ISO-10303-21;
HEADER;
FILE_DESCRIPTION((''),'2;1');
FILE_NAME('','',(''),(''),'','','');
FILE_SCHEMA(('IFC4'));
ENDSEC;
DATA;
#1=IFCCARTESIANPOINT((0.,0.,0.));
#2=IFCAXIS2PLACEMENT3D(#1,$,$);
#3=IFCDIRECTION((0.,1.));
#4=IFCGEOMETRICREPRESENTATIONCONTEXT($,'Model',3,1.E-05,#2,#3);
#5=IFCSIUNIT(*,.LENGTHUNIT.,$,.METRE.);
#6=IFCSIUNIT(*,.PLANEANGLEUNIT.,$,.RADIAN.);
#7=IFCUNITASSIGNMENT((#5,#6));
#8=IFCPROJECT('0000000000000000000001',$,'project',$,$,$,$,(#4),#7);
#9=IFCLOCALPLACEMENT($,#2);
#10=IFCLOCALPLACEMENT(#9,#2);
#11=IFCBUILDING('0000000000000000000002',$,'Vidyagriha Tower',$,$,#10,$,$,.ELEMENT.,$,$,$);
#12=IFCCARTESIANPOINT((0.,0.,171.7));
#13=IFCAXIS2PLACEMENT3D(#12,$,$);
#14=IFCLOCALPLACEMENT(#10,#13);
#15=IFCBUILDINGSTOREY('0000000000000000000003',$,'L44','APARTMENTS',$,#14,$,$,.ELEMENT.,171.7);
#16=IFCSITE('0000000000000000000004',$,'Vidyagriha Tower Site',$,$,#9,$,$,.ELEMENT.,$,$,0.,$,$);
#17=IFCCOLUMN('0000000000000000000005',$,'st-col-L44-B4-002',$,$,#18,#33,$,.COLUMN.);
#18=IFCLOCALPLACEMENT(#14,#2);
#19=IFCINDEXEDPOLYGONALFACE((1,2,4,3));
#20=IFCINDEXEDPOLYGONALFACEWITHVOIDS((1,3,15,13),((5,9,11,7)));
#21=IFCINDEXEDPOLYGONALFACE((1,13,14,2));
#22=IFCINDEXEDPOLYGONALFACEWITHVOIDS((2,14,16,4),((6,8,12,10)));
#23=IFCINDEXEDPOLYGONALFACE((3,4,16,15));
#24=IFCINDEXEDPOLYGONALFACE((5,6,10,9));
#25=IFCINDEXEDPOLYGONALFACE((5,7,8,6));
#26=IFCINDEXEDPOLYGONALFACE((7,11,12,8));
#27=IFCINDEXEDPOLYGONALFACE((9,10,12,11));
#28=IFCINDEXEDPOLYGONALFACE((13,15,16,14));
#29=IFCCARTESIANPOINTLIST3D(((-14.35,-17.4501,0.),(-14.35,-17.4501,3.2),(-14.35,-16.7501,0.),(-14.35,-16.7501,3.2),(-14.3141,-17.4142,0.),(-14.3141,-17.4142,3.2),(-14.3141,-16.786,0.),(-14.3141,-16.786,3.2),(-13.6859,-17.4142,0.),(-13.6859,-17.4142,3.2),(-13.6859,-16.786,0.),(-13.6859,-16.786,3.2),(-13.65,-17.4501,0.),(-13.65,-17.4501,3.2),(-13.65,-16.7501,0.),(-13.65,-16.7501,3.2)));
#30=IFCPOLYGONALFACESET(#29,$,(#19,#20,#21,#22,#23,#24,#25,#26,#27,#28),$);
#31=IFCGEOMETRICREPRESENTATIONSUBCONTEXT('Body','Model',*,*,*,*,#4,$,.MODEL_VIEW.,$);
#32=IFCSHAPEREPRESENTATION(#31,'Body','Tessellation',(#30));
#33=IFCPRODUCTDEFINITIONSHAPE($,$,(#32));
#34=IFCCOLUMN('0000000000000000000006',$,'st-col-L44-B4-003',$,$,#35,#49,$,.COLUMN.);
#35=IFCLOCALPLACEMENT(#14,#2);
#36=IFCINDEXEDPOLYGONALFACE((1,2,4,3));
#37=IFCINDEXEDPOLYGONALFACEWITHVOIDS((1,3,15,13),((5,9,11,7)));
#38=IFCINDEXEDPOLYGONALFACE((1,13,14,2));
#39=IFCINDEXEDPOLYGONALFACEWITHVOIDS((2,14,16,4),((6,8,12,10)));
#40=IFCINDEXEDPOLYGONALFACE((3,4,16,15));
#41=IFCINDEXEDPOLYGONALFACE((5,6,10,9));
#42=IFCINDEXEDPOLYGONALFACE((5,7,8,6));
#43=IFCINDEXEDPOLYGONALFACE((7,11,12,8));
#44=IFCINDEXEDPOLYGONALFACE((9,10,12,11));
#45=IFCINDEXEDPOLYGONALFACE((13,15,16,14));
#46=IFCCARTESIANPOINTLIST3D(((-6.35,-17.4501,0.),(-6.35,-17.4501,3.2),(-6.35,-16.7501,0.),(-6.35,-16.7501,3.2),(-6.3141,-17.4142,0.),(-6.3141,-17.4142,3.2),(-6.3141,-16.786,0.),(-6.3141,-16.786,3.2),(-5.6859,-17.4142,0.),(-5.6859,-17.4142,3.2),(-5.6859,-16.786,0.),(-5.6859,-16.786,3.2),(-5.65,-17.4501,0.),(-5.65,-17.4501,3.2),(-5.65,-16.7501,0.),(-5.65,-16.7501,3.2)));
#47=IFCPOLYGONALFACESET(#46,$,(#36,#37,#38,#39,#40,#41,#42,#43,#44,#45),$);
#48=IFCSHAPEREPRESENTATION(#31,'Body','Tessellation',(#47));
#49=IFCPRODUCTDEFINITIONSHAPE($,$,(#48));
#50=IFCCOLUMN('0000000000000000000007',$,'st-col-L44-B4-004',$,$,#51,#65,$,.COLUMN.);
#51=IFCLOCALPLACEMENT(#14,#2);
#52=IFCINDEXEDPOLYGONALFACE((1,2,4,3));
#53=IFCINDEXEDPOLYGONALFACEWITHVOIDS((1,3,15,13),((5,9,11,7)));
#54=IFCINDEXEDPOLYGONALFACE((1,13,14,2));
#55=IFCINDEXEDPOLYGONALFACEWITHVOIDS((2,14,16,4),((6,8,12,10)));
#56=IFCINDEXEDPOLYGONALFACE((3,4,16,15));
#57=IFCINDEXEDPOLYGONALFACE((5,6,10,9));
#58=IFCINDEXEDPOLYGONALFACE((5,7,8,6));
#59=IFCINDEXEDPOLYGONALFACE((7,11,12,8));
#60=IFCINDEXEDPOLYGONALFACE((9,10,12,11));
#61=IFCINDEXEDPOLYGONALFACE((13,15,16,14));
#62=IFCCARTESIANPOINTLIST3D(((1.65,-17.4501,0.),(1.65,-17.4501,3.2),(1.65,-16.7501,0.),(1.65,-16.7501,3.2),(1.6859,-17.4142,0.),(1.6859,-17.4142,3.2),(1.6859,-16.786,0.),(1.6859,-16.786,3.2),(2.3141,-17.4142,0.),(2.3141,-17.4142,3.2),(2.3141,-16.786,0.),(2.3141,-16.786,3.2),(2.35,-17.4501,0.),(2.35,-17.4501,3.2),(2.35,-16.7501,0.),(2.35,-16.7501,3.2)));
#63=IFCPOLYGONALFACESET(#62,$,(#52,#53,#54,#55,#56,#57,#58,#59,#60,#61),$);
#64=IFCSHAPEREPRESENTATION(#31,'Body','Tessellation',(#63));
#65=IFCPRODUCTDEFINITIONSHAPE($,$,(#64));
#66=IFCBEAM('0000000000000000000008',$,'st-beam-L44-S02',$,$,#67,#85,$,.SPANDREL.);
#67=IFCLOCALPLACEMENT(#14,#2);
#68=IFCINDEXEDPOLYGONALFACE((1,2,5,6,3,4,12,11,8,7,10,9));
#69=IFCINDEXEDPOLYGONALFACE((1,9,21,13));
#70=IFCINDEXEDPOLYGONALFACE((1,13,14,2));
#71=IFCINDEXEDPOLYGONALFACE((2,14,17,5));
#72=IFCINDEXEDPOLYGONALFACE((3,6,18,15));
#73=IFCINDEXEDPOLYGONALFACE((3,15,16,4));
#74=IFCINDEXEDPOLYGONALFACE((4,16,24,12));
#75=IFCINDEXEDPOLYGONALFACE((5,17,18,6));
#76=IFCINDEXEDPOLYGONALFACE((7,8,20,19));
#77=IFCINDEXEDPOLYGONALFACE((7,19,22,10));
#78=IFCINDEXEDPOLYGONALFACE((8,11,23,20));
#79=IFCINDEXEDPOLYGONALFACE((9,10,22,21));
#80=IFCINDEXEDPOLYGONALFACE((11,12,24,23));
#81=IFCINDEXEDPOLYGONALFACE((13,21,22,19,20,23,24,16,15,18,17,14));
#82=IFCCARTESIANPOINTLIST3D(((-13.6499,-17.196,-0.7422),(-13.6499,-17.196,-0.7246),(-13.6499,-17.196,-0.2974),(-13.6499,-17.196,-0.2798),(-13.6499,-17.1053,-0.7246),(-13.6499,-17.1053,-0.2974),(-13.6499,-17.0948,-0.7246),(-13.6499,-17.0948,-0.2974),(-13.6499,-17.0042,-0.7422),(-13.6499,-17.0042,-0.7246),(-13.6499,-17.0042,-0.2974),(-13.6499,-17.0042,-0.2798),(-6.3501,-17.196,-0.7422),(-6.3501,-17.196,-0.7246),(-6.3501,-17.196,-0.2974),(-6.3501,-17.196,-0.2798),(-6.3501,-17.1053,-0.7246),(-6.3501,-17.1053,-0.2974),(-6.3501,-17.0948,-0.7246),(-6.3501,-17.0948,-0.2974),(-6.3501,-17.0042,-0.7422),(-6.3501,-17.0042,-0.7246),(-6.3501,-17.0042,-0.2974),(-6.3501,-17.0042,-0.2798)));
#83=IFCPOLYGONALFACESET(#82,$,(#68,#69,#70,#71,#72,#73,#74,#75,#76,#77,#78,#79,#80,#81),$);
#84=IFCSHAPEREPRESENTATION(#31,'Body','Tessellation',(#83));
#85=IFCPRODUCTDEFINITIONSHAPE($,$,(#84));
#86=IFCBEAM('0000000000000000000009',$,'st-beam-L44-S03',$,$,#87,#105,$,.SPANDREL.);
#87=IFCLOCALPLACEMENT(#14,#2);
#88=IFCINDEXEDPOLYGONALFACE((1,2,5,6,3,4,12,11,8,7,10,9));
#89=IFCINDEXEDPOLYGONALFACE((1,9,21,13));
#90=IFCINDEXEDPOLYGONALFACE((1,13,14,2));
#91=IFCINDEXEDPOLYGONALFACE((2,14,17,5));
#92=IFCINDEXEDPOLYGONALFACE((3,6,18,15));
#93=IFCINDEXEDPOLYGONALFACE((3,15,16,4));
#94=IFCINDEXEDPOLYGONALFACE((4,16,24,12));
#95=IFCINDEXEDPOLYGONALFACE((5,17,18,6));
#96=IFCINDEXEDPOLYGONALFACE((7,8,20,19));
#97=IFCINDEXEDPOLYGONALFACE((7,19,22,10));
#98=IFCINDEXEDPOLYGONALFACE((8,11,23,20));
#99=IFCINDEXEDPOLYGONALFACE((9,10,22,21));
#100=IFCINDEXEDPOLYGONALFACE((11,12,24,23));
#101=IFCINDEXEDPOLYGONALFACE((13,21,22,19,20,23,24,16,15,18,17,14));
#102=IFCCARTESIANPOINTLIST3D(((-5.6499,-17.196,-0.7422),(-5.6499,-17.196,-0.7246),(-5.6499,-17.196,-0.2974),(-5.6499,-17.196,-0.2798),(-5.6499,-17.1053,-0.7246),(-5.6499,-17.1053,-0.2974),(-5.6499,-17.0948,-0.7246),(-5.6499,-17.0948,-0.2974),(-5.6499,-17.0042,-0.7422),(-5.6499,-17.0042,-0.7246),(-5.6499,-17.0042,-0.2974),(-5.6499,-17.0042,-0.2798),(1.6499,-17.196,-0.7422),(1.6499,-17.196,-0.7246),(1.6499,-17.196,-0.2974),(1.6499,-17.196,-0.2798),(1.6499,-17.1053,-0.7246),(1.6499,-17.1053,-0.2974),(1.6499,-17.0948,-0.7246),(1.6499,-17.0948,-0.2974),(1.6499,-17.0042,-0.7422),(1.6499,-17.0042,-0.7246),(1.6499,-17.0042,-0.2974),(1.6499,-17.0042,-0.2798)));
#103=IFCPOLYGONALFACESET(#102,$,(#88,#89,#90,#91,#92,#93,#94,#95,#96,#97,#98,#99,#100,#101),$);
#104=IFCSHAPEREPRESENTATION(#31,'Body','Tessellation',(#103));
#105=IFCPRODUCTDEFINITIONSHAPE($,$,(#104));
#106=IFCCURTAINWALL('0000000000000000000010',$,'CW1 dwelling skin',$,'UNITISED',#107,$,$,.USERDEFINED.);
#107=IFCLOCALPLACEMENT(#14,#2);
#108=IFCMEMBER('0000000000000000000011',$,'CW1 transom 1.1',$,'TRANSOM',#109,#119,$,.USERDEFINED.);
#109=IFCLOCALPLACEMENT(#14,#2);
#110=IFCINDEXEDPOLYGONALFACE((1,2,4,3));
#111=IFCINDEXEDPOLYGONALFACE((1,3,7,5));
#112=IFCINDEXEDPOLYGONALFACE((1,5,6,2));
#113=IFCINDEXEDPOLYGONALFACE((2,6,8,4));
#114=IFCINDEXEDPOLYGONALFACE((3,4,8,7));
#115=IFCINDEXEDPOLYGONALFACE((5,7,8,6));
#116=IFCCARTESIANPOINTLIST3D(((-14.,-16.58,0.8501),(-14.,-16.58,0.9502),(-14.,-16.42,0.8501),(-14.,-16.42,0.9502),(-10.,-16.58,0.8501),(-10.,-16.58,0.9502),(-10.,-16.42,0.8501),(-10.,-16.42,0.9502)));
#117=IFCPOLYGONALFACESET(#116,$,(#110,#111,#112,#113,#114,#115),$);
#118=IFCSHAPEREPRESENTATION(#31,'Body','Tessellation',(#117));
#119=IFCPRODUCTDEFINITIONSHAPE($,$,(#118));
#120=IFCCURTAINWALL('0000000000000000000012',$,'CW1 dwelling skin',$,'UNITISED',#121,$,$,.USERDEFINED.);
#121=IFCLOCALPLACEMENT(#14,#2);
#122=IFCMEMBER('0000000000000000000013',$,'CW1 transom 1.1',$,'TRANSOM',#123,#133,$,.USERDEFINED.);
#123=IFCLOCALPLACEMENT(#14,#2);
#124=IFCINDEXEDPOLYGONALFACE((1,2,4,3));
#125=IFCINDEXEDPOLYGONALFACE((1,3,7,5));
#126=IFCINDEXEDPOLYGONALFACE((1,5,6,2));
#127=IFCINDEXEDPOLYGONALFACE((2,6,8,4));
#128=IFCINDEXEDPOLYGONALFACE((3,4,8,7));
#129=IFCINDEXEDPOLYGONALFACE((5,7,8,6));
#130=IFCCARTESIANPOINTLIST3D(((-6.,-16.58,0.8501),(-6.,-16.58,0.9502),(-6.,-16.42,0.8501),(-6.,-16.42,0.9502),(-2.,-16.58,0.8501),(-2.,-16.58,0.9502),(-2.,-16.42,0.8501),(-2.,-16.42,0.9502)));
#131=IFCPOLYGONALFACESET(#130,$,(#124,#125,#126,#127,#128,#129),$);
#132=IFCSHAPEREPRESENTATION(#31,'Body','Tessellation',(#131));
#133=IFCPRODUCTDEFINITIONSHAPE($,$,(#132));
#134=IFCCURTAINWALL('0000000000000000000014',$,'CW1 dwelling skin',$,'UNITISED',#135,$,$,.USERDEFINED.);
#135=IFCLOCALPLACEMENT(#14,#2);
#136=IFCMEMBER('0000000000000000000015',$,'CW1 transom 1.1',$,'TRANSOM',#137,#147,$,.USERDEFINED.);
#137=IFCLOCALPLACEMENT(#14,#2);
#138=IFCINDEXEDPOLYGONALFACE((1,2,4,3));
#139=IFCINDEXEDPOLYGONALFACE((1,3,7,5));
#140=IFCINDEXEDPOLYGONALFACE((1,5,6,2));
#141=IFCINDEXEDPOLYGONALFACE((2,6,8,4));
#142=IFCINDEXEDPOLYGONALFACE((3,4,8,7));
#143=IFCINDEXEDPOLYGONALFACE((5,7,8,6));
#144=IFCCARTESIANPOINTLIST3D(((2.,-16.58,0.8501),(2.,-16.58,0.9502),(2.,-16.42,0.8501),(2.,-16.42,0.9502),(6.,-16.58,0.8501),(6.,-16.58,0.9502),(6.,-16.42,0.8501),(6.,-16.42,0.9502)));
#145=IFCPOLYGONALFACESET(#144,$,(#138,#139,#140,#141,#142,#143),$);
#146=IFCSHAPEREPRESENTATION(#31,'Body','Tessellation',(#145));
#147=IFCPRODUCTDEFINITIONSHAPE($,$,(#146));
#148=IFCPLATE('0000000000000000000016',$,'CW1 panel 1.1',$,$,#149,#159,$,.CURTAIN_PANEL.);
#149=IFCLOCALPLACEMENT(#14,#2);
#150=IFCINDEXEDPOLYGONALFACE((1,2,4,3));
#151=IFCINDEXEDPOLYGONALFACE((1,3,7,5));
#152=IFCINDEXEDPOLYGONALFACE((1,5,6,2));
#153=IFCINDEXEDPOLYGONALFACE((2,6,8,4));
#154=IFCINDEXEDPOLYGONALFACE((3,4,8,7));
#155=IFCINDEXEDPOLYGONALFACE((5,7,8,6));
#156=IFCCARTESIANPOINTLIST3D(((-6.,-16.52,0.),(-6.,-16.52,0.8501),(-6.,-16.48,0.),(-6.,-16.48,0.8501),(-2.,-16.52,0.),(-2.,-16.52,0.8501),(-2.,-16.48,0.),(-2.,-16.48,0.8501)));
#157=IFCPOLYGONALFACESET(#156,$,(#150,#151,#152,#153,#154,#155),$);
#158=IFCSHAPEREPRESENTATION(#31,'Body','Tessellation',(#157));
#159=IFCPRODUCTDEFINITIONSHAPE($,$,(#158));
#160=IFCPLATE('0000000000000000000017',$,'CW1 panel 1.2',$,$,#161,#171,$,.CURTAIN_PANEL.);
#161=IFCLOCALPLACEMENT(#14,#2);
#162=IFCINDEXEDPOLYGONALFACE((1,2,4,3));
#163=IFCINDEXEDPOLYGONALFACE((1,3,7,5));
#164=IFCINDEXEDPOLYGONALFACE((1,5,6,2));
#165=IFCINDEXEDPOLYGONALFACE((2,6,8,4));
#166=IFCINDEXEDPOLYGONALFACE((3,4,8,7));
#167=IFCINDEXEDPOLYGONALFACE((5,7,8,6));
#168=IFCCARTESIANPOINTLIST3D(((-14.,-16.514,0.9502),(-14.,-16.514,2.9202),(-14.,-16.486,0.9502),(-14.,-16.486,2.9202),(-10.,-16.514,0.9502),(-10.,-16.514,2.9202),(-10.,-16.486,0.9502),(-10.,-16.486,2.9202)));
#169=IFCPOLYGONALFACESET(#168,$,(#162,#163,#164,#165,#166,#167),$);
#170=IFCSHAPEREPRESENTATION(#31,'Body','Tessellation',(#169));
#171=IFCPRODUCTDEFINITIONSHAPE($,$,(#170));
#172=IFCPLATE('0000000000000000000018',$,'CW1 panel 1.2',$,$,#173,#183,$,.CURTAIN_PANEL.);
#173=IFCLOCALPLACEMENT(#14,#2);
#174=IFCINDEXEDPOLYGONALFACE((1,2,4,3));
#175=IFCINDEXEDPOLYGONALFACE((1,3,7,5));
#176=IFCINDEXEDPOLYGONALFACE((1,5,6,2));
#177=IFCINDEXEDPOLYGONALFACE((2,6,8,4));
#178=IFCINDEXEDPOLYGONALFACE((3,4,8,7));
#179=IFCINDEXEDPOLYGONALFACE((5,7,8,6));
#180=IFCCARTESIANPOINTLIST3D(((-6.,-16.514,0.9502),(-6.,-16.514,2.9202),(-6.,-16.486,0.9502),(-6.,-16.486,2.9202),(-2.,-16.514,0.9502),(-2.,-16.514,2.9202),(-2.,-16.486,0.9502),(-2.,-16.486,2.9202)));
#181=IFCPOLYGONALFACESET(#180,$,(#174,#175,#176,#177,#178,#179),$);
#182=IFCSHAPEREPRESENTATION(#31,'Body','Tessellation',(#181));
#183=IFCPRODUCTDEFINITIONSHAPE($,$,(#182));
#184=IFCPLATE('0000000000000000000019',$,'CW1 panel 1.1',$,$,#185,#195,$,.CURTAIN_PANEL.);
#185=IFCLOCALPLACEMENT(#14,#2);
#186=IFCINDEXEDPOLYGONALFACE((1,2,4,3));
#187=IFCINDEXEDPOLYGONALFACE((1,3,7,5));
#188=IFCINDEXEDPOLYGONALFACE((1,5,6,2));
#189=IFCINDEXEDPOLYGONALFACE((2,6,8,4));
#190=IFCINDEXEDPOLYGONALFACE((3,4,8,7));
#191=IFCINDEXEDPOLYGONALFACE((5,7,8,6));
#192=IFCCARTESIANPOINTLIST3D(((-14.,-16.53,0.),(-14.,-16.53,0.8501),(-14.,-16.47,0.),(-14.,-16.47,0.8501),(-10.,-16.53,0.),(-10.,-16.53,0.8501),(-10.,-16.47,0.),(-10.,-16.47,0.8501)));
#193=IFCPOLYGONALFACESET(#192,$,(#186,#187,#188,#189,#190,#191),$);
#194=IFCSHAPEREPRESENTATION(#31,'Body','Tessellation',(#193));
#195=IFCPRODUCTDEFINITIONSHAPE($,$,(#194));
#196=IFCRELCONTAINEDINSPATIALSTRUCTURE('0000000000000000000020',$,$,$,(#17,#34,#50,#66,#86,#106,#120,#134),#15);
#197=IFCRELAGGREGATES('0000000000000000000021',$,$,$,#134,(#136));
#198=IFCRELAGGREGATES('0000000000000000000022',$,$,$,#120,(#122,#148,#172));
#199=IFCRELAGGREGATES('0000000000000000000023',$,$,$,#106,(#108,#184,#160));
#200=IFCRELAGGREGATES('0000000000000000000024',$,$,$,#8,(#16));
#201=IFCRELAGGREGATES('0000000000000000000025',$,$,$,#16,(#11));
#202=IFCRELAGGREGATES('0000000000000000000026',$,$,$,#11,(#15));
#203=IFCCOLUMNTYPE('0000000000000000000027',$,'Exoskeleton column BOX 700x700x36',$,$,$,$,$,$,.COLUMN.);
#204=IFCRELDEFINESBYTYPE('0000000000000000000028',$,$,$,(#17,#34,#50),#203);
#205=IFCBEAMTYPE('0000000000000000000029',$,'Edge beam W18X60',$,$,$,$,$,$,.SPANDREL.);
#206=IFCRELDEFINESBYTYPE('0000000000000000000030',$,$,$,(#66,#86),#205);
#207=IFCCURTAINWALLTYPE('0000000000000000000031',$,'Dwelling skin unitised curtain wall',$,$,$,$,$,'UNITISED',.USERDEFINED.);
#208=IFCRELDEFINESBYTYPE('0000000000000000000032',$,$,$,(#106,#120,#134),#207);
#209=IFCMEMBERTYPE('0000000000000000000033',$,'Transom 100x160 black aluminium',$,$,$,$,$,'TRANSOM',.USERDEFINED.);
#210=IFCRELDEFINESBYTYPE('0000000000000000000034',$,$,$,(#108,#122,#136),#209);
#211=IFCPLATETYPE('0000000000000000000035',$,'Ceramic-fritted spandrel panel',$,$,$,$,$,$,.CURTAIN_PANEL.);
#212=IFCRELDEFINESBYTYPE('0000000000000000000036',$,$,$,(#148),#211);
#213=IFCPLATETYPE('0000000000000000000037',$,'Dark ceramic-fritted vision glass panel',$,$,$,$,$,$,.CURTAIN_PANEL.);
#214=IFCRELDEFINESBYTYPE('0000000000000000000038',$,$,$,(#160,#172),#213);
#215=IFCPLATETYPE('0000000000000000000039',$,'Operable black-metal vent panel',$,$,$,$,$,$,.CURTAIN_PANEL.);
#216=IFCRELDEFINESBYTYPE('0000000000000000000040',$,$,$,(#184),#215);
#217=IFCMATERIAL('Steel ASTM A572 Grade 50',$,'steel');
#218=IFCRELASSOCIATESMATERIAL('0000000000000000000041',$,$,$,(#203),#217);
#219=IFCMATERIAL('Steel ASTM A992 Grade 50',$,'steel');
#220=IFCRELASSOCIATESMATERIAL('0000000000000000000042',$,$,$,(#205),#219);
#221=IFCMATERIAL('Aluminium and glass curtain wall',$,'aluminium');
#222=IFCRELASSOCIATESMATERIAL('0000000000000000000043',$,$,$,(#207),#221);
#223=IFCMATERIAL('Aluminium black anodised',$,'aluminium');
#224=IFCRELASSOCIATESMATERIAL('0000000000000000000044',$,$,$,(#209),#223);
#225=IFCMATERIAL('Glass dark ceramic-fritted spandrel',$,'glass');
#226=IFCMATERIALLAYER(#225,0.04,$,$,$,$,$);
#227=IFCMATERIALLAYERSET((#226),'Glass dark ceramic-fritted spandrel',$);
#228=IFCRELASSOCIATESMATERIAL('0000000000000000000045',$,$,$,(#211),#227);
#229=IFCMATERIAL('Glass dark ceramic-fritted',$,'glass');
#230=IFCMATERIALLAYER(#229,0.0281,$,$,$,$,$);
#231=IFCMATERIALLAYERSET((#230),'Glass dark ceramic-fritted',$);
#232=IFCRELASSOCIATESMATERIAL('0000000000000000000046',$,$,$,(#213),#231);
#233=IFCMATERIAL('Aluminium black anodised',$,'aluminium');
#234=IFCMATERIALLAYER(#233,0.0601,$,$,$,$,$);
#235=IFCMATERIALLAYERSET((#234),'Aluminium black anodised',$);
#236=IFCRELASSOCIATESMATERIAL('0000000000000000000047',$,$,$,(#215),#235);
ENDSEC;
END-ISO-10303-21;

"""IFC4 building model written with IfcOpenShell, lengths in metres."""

from ifc_helpers import new_model, si_unit, direction, frame, origin, origin_2d, place, context, subcontext, project, spatial, rectangle, hollow_rectangle, i_section, extrude, material, layer, layer_set, material_profile, profile_set, type_object, element, aggregate, save


model = new_model("IFC4")

# Units and contexts
model_context = context("Model", 3, precision=1e-05, world=origin(), true_north=direction((0.0, 1.0)))
body_context = subcontext(model_context, "Body", "Model", "MODEL_VIEW")
ifc_project = project(units=[si_unit("LENGTHUNIT", "METRE"), si_unit("PLANEANGLEUNIT", "RADIAN")], contexts=[model_context])

# Site, building, storey
site_placement = place(None, origin())
site = spatial("IfcSite", under=ifc_project, at=site_placement, Name="Vidyagriha Tower Site", CompositionType="ELEMENT", RefElevation=0.0)
building_placement = place(site_placement, origin())
building = spatial("IfcBuilding", under=site, at=building_placement, Name="Vidyagriha Tower", CompositionType="ELEMENT")
storey_placement = place(building_placement, frame((0.0, 0.0, 171.7)))
storey = spatial("IfcBuildingStorey", under=building, at=storey_placement, Name="L44", Description="APARTMENTS", CompositionType="ELEMENT", Elevation=171.7)

# Columns
ifc_material_1 = material(Name="Steel ASTM A572 Grade 50", Category="steel")
ifc_material_profile_1 = material_profile(ifc_material_1, hollow_rectangle(XDim=0.7, YDim=0.7, WallThickness=0.0359, at=origin_2d()), Name="BOX 700x700x36")
ifc_profile_set_1 = profile_set([ifc_material_profile_1], Name="Steel ASTM A572 Grade 50")
column_type = type_object("IfcColumnType", Name="Exoskeleton column BOX 700x700x36", PredefinedType="COLUMN", material=ifc_profile_set_1)
for number, where, name in (
    (1, (-14.0, -17.1001, 0.0), "st-col-L44-B4-002"),
    (2, (-6.0, -17.1001, 0.0), "st-col-L44-B4-003"),
    (3, (2.0, -17.1001, 0.0), "st-col-L44-B4-004"),
):
    element("IfcColumn", number, at=place(storey_placement, frame(where)), inside=storey, type_object=column_type, Name=name, PredefinedType="COLUMN", context=body_context, shape_type="SweptSolid", body=[
        extrude(hollow_rectangle(XDim=0.7, YDim=0.7, WallThickness=0.0359, at=origin_2d()), origin(), (0.0, 0.0, 1.0), 3.2),
    ])

# Beams
ifc_material_2 = material(Name="Steel ASTM A992 Grade 50", Category="steel")
ifc_material_profile_2 = material_profile(ifc_material_2, i_section(OverallWidth=0.1919, OverallDepth=0.4624, WebThickness=0.0105, FlangeThickness=0.0176, at=origin_2d()), Name="W18X60")
ifc_profile_set_2 = profile_set([ifc_material_profile_2], Name="Steel ASTM A992 Grade 50")
beam_type = type_object("IfcBeamType", Name="Edge beam W18X60", PredefinedType="SPANDREL", material=ifc_profile_set_2)
for number, where, z_axis, x_axis, name in (
    (4, (-13.6499, -17.1001, -0.511), (1.0, 0.0, 0.0), (0.0, 1.0, 0.0), "st-beam-L44-S02"),
    (5, (-5.6499, -17.1001, -0.511), (1.0, 0.0, 0.0), (0.0, 1.0, 0.0), "st-beam-L44-S03"),
):
    element("IfcBeam", number, at=place(storey_placement, frame(where, z_axis=z_axis, x_axis=x_axis)), inside=storey, type_object=beam_type, Name=name, PredefinedType="SPANDREL", context=body_context, shape_type="SweptSolid", body=[
        extrude(i_section(OverallWidth=0.1919, OverallDepth=0.4624, WebThickness=0.0105, FlangeThickness=0.0176, at=origin_2d()), origin(), (0.0, 0.0, 1.0), 7.2998),
    ])

# Curtain walls, members
ifc_material_3 = material(Name="Aluminium and glass curtain wall", Category="aluminium")
curtain_wall_type = type_object("IfcCurtainWallType", Name="Dwelling skin unitised curtain wall", ElementType="UNITISED", PredefinedType="USERDEFINED", material=ifc_material_3)
curtain_wall_1_placement = place(storey_placement, origin())
curtain_wall_1 = element("IfcCurtainWall", 6, at=curtain_wall_1_placement, inside=storey, type_object=curtain_wall_type, Name="CW1 dwelling skin", ObjectType="UNITISED", PredefinedType="USERDEFINED")
ifc_material_4 = material(Name="Aluminium black anodised", Category="aluminium")
ifc_material_profile_3 = material_profile(ifc_material_4, rectangle(XDim=0.1599, YDim=0.1001, at=origin_2d()), Name="Transom 100x160 black aluminium")
ifc_profile_set_3 = profile_set([ifc_material_profile_3], Name="Aluminium black anodised")
member_type = type_object("IfcMemberType", Name="Transom 100x160 black aluminium", ElementType="TRANSOM", PredefinedType="USERDEFINED", material=ifc_profile_set_3)
member_1_placement = place(storey_placement, frame((-14.0, -16.5, 0.9001), z_axis=(1.0, 0.0, 0.0), x_axis=(0.0, 1.0, 0.0)))
member_1 = element("IfcMember", 7, at=member_1_placement, type_object=member_type, Name="CW1 transom 1.1", ObjectType="TRANSOM", PredefinedType="USERDEFINED", context=body_context, shape_type="SweptSolid", body=[
    extrude(rectangle(XDim=0.1599, YDim=0.1001, at=origin_2d()), origin(), (0.0, 0.0, 1.0), 4.0),
])
curtain_wall_2_placement = place(storey_placement, origin())
curtain_wall_2 = element("IfcCurtainWall", 8, at=curtain_wall_2_placement, inside=storey, type_object=curtain_wall_type, Name="CW1 dwelling skin", ObjectType="UNITISED", PredefinedType="USERDEFINED")
member_2_placement = place(storey_placement, frame((-6.0, -16.5, 0.9001), z_axis=(1.0, 0.0, 0.0), x_axis=(0.0, 1.0, 0.0)))
member_2 = element("IfcMember", 9, at=member_2_placement, type_object=member_type, Name="CW1 transom 1.1", ObjectType="TRANSOM", PredefinedType="USERDEFINED", context=body_context, shape_type="SweptSolid", body=[
    extrude(rectangle(XDim=0.1599, YDim=0.1001, at=origin_2d()), origin(), (0.0, 0.0, 1.0), 4.0),
])
curtain_wall_3_placement = place(storey_placement, origin())
curtain_wall_3 = element("IfcCurtainWall", 10, at=curtain_wall_3_placement, inside=storey, type_object=curtain_wall_type, Name="CW1 dwelling skin", ObjectType="UNITISED", PredefinedType="USERDEFINED")
member_3_placement = place(storey_placement, frame((2.0, -16.5, 0.9001), z_axis=(1.0, 0.0, 0.0), x_axis=(0.0, 1.0, 0.0)))
member_3 = element("IfcMember", 11, at=member_3_placement, type_object=member_type, Name="CW1 transom 1.1", ObjectType="TRANSOM", PredefinedType="USERDEFINED", context=body_context, shape_type="SweptSolid", body=[
    extrude(rectangle(XDim=0.1599, YDim=0.1001, at=origin_2d()), origin(), (0.0, 0.0, 1.0), 4.0),
])
aggregate(curtain_wall_3, [member_3])

# Plates
ifc_material_5 = material(Name="Glass dark ceramic-fritted spandrel", Category="glass")
ifc_layer_1 = layer(ifc_material_5, 0.04)
ifc_layer_set_1 = layer_set([ifc_layer_1], Name="Glass dark ceramic-fritted spandrel")
plate_type_1 = type_object("IfcPlateType", Name="Ceramic-fritted spandrel panel", PredefinedType="CURTAIN_PANEL", material=ifc_layer_set_1)
plate_1_placement = place(storey_placement, frame((-4.0, -16.5, 0.0)))
plate_1 = element("IfcPlate", 12, at=plate_1_placement, type_object=plate_type_1, Name="CW1 panel 1.1", PredefinedType="CURTAIN_PANEL", context=body_context, shape_type="SweptSolid", body=[
    extrude(rectangle(XDim=4.0, YDim=0.04, at=origin_2d()), origin(), (0.0, 0.0, 1.0), 0.8501),
])
ifc_material_6 = material(Name="Glass dark ceramic-fritted", Category="glass")
ifc_layer_2 = layer(ifc_material_6, 0.0281)
ifc_layer_set_2 = layer_set([ifc_layer_2], Name="Glass dark ceramic-fritted")
plate_type_2 = type_object("IfcPlateType", Name="Dark ceramic-fritted vision glass panel", PredefinedType="CURTAIN_PANEL", material=ifc_layer_set_2)
plate_2_placement = place(storey_placement, frame((-12.0, -16.5, 0.9502)))
plate_2 = element("IfcPlate", 13, at=plate_2_placement, type_object=plate_type_2, Name="CW1 panel 1.2", PredefinedType="CURTAIN_PANEL", context=body_context, shape_type="SweptSolid", body=[
    extrude(rectangle(XDim=4.0, YDim=0.0281, at=origin_2d()), origin(), (0.0, 0.0, 1.0), 1.97),
])
plate_3_placement = place(storey_placement, frame((-4.0, -16.5, 0.9502)))
plate_3 = element("IfcPlate", 14, at=plate_3_placement, type_object=plate_type_2, Name="CW1 panel 1.2", PredefinedType="CURTAIN_PANEL", context=body_context, shape_type="SweptSolid", body=[
    extrude(rectangle(XDim=4.0, YDim=0.0281, at=origin_2d()), origin(), (0.0, 0.0, 1.0), 1.97),
])
aggregate(curtain_wall_2, [member_2, plate_1, plate_3])
ifc_material_7 = material(Name="Aluminium black anodised", Category="aluminium")
ifc_layer_3 = layer(ifc_material_7, 0.0601)
ifc_layer_set_3 = layer_set([ifc_layer_3], Name="Aluminium black anodised")
plate_type_3 = type_object("IfcPlateType", Name="Operable black-metal vent panel", PredefinedType="CURTAIN_PANEL", material=ifc_layer_set_3)
plate_4_placement = place(storey_placement, frame((-12.0, -16.5, 0.0)))
plate_4 = element("IfcPlate", 15, at=plate_4_placement, type_object=plate_type_3, Name="CW1 panel 1.1", PredefinedType="CURTAIN_PANEL", context=body_context, shape_type="SweptSolid", body=[
    extrude(rectangle(XDim=4.0, YDim=0.0601, at=origin_2d()), origin(), (0.0, 0.0, 1.0), 0.8501),
])
aggregate(curtain_wall_1, [member_1, plate_4, plate_2])

save(model, "model.ifc")
